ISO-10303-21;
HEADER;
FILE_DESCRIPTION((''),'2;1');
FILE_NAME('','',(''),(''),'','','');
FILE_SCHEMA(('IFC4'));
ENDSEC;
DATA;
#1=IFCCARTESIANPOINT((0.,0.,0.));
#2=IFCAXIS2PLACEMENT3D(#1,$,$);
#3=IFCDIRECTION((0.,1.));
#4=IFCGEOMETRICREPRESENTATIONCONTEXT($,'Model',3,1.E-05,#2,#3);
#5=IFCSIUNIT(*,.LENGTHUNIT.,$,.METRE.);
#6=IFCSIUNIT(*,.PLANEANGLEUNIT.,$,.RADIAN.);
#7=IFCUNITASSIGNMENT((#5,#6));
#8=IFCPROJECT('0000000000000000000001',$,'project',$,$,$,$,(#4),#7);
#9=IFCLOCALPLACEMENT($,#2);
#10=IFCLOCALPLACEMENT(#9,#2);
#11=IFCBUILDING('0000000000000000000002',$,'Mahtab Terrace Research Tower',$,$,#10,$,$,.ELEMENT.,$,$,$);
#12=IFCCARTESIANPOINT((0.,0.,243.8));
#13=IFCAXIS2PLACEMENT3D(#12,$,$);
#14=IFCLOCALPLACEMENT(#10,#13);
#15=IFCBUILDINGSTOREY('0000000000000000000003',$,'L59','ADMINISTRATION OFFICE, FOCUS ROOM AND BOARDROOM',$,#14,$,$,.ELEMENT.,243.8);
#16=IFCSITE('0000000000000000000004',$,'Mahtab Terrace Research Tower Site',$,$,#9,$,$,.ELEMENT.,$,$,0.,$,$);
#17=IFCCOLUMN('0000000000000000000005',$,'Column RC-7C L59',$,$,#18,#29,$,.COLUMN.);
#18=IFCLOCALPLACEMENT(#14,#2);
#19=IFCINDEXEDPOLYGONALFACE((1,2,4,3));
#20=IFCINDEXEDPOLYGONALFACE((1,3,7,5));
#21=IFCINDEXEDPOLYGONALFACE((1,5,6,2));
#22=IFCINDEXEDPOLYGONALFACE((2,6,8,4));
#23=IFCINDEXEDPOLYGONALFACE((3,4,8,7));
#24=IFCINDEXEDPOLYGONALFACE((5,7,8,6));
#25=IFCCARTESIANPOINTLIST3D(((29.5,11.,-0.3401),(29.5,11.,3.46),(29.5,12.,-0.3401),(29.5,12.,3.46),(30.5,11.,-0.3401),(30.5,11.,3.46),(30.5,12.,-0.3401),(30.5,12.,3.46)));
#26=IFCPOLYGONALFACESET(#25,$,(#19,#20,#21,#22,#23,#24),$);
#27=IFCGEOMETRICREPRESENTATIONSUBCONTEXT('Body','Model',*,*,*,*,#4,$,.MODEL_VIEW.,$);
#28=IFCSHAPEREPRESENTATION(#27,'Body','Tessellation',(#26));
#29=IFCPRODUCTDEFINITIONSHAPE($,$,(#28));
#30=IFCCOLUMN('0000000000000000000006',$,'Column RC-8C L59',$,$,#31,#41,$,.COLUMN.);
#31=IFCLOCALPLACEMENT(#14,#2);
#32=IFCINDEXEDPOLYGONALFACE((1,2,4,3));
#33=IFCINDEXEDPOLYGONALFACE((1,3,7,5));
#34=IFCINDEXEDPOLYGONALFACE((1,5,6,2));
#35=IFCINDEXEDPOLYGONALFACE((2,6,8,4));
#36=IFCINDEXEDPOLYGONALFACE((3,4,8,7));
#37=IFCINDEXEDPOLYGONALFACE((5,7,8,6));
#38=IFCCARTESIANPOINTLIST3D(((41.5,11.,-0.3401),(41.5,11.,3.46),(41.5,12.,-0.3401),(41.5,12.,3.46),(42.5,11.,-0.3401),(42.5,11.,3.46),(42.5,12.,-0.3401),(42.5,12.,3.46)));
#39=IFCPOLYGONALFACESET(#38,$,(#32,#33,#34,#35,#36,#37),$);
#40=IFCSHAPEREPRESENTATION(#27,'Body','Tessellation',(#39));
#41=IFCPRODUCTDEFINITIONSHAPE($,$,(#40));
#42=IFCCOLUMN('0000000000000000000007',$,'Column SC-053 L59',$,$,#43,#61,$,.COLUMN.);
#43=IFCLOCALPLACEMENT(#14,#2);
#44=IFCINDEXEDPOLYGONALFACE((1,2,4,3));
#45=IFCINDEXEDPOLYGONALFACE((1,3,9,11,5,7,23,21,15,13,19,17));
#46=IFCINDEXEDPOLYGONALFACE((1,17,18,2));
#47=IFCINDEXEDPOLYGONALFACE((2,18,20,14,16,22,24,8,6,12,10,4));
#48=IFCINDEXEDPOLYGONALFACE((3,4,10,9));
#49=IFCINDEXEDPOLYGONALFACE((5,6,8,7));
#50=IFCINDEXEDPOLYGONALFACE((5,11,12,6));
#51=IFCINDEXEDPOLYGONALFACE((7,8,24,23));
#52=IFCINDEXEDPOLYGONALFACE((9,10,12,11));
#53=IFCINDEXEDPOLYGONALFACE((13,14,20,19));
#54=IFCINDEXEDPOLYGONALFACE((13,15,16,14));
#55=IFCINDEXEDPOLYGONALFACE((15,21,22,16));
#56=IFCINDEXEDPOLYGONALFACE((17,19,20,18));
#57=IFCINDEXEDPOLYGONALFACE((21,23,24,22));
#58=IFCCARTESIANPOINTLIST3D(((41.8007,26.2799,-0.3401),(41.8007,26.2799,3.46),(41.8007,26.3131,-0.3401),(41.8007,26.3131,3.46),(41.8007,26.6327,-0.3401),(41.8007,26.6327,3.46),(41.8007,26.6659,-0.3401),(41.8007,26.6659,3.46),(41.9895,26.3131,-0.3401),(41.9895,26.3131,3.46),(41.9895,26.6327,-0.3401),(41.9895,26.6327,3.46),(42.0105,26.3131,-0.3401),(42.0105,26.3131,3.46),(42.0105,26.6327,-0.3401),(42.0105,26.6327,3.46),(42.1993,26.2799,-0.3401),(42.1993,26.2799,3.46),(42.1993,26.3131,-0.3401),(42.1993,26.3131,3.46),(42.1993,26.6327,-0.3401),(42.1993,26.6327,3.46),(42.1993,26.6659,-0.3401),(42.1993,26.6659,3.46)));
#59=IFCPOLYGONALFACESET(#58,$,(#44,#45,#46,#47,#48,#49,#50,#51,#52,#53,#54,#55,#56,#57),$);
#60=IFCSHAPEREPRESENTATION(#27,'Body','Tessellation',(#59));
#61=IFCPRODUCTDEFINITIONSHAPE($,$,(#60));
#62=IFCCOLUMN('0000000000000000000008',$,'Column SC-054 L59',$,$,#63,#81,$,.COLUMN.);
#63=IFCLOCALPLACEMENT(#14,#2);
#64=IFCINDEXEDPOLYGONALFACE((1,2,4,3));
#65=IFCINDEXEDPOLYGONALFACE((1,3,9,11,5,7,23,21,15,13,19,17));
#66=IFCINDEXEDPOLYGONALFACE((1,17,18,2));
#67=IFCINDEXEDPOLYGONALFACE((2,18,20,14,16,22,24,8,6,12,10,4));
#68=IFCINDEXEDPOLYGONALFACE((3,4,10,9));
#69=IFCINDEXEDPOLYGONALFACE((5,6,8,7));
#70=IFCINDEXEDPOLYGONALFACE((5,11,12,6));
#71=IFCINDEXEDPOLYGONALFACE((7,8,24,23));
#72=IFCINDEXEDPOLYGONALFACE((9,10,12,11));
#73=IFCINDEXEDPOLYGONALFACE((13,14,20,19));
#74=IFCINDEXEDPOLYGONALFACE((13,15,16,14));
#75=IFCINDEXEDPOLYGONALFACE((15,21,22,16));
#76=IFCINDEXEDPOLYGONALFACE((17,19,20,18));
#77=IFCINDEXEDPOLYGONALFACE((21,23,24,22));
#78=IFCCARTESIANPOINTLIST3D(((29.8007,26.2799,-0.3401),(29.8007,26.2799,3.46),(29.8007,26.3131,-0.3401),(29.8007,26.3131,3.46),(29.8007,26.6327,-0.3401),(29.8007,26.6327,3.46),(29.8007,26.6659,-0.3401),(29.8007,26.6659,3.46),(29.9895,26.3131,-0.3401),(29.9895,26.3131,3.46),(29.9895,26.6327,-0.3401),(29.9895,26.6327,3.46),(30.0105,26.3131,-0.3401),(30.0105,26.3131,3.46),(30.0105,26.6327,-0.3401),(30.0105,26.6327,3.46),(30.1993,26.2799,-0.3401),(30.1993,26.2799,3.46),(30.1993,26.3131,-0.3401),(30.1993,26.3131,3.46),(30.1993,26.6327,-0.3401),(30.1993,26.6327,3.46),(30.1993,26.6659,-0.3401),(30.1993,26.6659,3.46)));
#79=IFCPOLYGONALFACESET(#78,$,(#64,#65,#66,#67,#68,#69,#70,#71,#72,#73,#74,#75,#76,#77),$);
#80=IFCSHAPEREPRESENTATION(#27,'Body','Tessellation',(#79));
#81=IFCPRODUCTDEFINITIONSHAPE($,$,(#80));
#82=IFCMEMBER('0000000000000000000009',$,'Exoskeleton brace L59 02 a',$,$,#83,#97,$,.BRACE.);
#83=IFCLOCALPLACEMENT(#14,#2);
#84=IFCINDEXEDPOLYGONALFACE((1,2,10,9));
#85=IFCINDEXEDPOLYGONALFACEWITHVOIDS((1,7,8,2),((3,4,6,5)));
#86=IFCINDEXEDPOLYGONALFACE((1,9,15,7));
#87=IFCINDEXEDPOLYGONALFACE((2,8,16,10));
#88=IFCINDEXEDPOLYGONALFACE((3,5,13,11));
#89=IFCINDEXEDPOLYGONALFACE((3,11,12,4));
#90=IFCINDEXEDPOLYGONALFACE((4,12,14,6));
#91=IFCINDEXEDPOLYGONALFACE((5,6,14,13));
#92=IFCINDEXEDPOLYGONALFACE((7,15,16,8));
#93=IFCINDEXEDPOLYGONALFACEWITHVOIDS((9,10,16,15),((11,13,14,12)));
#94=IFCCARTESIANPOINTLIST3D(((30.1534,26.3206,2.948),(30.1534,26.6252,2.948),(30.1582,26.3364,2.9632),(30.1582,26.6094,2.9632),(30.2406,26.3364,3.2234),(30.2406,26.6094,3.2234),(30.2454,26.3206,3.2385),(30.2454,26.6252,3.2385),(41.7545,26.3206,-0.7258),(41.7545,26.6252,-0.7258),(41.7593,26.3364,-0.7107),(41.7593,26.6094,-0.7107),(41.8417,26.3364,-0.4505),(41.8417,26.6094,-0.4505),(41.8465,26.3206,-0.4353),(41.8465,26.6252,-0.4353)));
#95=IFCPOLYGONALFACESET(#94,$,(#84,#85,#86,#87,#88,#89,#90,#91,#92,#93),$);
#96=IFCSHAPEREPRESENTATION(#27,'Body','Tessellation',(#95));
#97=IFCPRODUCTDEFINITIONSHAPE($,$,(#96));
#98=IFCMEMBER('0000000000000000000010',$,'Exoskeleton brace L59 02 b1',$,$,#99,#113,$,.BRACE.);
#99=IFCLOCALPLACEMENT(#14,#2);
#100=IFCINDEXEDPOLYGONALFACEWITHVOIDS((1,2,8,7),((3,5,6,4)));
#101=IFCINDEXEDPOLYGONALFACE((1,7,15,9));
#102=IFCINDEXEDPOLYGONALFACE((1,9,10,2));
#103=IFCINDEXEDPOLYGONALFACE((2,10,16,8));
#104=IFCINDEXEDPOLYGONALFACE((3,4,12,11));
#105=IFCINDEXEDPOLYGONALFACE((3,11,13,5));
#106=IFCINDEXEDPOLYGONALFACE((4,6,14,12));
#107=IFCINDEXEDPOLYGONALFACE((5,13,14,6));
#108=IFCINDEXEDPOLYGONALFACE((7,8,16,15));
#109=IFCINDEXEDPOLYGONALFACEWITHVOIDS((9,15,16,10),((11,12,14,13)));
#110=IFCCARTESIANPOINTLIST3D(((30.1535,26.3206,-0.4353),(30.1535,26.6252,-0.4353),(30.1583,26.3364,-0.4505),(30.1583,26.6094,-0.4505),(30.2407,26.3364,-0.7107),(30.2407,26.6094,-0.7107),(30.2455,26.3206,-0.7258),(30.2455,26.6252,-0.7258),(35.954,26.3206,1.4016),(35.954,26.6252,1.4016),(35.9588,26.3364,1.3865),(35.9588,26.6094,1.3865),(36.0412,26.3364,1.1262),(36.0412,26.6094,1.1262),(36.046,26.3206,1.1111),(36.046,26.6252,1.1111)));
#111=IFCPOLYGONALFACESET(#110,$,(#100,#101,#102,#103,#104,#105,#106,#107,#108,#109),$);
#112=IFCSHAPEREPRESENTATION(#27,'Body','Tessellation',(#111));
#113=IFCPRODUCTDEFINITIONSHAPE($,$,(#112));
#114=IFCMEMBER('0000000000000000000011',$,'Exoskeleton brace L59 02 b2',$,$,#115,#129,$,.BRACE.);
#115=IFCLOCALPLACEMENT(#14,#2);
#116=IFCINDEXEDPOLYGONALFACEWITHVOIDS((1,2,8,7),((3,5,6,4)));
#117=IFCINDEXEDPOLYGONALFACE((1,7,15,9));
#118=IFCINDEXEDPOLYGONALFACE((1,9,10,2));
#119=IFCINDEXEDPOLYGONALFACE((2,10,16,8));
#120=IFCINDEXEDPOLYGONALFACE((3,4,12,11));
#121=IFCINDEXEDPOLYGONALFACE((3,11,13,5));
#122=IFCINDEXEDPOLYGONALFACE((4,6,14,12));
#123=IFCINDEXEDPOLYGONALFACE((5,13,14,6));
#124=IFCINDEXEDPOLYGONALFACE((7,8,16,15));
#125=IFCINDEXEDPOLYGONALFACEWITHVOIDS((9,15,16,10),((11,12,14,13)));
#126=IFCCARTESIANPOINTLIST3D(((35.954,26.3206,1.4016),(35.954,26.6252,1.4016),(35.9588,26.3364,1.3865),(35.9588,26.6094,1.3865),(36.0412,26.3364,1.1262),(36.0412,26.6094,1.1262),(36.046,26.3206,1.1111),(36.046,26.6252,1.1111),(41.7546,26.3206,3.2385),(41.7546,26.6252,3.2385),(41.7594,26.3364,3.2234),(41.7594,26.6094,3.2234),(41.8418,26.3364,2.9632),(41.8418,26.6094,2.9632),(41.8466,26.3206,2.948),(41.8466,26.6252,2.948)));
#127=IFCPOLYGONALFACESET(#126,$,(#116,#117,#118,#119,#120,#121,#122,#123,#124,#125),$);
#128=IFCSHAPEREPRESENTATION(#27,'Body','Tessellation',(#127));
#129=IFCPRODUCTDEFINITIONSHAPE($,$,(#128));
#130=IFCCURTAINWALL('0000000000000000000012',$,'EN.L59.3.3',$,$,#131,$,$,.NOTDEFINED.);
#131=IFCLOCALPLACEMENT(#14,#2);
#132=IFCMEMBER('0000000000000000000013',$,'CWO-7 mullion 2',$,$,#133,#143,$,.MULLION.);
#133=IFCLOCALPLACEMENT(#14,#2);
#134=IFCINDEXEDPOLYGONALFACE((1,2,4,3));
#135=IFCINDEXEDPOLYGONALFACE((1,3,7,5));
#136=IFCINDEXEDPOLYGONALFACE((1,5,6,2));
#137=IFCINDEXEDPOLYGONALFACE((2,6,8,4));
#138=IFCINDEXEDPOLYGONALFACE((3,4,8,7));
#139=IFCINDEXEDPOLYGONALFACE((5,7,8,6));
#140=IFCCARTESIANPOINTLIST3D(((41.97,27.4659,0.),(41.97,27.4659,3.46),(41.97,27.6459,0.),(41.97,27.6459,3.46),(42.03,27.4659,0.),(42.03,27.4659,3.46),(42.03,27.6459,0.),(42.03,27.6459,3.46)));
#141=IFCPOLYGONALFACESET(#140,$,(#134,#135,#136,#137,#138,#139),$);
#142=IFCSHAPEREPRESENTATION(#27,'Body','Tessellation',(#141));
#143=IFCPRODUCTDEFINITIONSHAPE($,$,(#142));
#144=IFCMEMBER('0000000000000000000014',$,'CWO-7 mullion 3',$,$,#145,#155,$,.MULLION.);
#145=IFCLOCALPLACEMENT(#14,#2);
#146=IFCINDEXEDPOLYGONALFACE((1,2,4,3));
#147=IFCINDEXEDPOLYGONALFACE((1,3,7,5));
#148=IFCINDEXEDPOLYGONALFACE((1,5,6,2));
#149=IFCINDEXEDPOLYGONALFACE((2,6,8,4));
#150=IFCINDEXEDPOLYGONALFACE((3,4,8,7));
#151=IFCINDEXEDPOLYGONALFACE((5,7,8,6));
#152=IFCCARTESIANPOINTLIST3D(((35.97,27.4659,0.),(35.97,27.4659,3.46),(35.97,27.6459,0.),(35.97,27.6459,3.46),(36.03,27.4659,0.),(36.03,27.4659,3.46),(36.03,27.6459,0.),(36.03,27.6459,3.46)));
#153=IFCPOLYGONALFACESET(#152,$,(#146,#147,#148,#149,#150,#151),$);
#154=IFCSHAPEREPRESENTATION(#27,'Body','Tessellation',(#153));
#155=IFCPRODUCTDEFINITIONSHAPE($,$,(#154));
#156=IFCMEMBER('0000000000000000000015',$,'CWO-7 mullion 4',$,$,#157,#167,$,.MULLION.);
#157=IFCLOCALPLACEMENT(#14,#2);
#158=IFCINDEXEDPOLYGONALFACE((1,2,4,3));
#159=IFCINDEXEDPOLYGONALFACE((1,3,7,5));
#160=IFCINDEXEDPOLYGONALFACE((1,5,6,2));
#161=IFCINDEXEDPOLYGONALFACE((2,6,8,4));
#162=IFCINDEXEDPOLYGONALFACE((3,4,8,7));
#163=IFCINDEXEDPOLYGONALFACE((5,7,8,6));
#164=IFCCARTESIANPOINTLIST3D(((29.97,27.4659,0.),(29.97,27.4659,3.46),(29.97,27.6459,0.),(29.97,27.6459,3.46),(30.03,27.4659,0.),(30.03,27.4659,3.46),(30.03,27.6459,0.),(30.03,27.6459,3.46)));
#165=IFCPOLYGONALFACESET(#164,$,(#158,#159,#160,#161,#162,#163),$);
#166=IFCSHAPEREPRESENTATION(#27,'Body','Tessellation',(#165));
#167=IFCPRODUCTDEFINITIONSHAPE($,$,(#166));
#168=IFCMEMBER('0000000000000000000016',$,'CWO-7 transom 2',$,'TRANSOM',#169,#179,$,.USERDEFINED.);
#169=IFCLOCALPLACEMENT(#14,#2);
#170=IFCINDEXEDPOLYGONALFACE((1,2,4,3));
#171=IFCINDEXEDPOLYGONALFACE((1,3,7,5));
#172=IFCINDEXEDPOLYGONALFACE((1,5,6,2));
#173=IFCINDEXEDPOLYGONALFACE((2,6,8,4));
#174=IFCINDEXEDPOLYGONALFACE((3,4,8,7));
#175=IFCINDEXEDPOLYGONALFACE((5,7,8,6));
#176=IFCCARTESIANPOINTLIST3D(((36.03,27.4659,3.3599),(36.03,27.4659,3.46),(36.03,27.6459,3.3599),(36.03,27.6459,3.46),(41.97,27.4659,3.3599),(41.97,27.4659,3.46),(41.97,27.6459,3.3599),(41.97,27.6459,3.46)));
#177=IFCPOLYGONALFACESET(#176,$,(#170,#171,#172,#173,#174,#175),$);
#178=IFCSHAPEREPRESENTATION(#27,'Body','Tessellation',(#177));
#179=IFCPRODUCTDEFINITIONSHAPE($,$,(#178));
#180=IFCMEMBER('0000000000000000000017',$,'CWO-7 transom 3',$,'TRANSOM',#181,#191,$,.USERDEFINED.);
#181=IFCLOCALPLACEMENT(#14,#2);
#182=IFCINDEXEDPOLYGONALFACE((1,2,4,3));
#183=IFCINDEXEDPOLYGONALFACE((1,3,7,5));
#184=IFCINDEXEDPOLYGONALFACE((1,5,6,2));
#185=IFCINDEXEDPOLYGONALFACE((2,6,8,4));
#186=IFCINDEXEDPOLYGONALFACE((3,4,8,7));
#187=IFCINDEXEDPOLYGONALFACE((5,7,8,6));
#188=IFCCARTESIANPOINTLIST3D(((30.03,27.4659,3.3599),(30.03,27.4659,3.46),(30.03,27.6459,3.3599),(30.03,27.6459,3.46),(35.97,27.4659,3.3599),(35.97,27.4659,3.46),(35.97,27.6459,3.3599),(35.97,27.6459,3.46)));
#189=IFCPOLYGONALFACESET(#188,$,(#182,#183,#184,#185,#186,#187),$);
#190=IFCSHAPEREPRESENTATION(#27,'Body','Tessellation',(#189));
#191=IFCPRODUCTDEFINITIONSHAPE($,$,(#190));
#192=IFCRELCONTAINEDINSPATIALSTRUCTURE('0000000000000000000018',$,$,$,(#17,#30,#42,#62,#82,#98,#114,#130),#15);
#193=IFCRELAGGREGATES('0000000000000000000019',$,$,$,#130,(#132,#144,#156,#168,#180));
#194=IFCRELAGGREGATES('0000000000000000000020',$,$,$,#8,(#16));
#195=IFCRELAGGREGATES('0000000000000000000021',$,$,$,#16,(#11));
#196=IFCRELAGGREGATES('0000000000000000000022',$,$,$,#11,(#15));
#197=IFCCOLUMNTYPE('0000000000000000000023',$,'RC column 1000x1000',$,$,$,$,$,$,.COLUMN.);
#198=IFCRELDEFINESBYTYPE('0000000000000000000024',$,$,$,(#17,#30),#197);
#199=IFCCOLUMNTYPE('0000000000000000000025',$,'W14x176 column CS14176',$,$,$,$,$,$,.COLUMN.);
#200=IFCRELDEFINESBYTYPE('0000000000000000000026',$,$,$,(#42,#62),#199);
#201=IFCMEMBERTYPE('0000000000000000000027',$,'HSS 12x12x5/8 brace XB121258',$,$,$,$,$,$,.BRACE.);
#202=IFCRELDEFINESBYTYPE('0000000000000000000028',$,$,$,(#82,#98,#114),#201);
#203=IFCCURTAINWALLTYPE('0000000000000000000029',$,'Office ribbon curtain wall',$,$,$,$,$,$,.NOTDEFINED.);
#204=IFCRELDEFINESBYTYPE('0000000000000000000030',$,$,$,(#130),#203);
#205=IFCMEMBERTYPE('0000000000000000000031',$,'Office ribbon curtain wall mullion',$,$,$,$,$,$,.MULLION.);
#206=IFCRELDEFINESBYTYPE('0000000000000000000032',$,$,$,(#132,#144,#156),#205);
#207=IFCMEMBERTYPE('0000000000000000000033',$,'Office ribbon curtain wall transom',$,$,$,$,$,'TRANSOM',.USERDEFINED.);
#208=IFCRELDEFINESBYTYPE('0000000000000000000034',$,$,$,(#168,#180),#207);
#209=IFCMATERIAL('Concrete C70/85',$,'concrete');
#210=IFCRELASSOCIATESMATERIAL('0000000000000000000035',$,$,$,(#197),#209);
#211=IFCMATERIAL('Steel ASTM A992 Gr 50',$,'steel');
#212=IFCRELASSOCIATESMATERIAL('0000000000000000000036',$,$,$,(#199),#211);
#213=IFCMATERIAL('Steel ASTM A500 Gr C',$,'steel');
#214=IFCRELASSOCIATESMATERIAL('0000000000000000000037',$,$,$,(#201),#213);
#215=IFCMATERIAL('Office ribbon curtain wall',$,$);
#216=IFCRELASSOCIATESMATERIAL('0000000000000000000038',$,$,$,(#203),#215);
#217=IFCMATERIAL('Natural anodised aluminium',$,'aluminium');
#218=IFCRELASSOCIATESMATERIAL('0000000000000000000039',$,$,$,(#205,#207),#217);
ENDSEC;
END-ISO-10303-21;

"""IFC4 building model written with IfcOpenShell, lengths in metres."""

from ifc_helpers import new_model, si_unit, direction, frame, origin, origin_2d, place, context, subcontext, project, spatial, rectangle, hollow_rectangle, i_section, extrude, material, material_profile, profile_set, type_object, element, aggregate, save


model = new_model("IFC4")

# Units and contexts
model_context = context("Model", 3, precision=1e-05, world=origin(), true_north=direction((0.0, 1.0)))
body_context = subcontext(model_context, "Body", "Model", "MODEL_VIEW")
ifc_project = project(units=[si_unit("LENGTHUNIT", "METRE"), si_unit("PLANEANGLEUNIT", "RADIAN")], contexts=[model_context])

# Site, building, storey
site_placement = place(None, origin())
site = spatial("IfcSite", under=ifc_project, at=site_placement, Name="Mahtab Terrace Research Tower Site", CompositionType="ELEMENT", RefElevation=0.0)
building_placement = place(site_placement, origin())
building = spatial("IfcBuilding", under=site, at=building_placement, Name="Mahtab Terrace Research Tower", CompositionType="ELEMENT")
storey_placement = place(building_placement, frame((0.0, 0.0, 243.8)))
storey = spatial("IfcBuildingStorey", under=building, at=storey_placement, Name="L59", Description="ADMINISTRATION OFFICE, FOCUS ROOM AND BOARDROOM", CompositionType="ELEMENT", Elevation=243.8)

# Columns
ifc_material_1 = material(Name="Concrete C70/85", Category="concrete")
ifc_material_profile_1 = material_profile(ifc_material_1, rectangle(XDim=1.0, YDim=1.0, at=origin_2d()), Name="RC column 1000x1000")
ifc_profile_set_1 = profile_set([ifc_material_profile_1], Name="Concrete C70/85")
column_type_1 = type_object("IfcColumnType", Name="RC column 1000x1000", PredefinedType="COLUMN", material=ifc_profile_set_1)
for number, where, z_axis, x_axis, name in (
    (1, (30.0, 11.5, -0.3401), (0.0, 0.0, 1.0), (1.0, 0.0, 0.0), "Column RC-7C L59"),
    (2, (42.0, 11.5, -0.3401), (0.0, 0.0, 1.0), (1.0, 0.0, 0.0), "Column RC-8C L59"),
):
    element("IfcColumn", number, at=place(storey_placement, frame(where, z_axis=z_axis, x_axis=x_axis)), inside=storey, type_object=column_type_1, Name=name, PredefinedType="COLUMN", context=body_context, shape_type="SweptSolid", body=[
        extrude(rectangle(XDim=1.0, YDim=1.0, at=origin_2d()), origin(), (0.0, 0.0, 1.0), 3.8),
    ])
ifc_material_2 = material(Name="Steel ASTM A992 Gr 50", Category="steel")
ifc_material_profile_2 = material_profile(ifc_material_2, i_section(OverallWidth=0.3987, OverallDepth=0.386, WebThickness=0.021, FlangeThickness=0.0332, at=origin_2d()), Name="W14X176")
ifc_profile_set_2 = profile_set([ifc_material_profile_2], Name="Steel ASTM A992 Gr 50")
column_type_2 = type_object("IfcColumnType", Name="W14x176 column CS14176", PredefinedType="COLUMN", material=ifc_profile_set_2)
for number, where, z_axis, x_axis, name in (
    (3, (42.0, 26.4729, -0.3401), (0.0, 0.0, 1.0), (1.0, 0.0, 0.0), "Column SC-053 L59"),
    (4, (30.0, 26.4729, -0.3401), (0.0, 0.0, 1.0), (1.0, 0.0, 0.0), "Column SC-054 L59"),
):
    element("IfcColumn", number, at=place(storey_placement, frame(where, z_axis=z_axis, x_axis=x_axis)), inside=storey, type_object=column_type_2, Name=name, PredefinedType="COLUMN", context=body_context, shape_type="SweptSolid", body=[
        extrude(i_section(OverallWidth=0.3987, OverallDepth=0.386, WebThickness=0.021, FlangeThickness=0.0332, at=origin_2d()), origin(), (0.0, 0.0, 1.0), 3.8),
    ])

# Members
ifc_material_3 = material(Name="Steel ASTM A500 Gr C", Category="steel")
ifc_material_profile_3 = material_profile(ifc_material_3, hollow_rectangle(XDim=0.3047, YDim=0.3047, WallThickness=0.0159, at=origin_2d()), Name="HSS12X12X5/8")
ifc_profile_set_3 = profile_set([ifc_material_profile_3], Name="Steel ASTM A500 Gr C")
member_type_1 = type_object("IfcMemberType", Name="HSS 12x12x5/8 brace XB121258", PredefinedType="BRACE", material=ifc_profile_set_3)
member_1_placement = place(storey_placement, frame((41.8005, 26.4729, -0.5806), z_axis=(-0.953339, 0.0, 0.301903), x_axis=(0.0, -1.0, 0.0)))
element("IfcMember", 5, at=member_1_placement, inside=storey, type_object=member_type_1, Name="Exoskeleton brace L59 02 a", PredefinedType="BRACE", context=body_context, shape_type="SweptSolid", body=[
    extrude(hollow_rectangle(XDim=0.3047, YDim=0.3047, WallThickness=0.0159, at=origin_2d()), origin(), (0.0, 0.0, 1.0), 12.1689),
])
for number, where, z_axis, x_axis, name in (
    (6, (30.1995, 26.4729, -0.5806), (0.953339, 0.0, 0.301903), (0.0, 1.0, 0.0), "Exoskeleton brace L59 02 b1"),
    (7, (36.0, 26.4729, 1.2563), (0.953339, 0.0, 0.301903), (0.0, 1.0, 0.0), "Exoskeleton brace L59 02 b2"),
):
    element("IfcMember", number, at=place(storey_placement, frame(where, z_axis=z_axis, x_axis=x_axis)), inside=storey, type_object=member_type_1, Name=name, PredefinedType="BRACE", context=body_context, shape_type="SweptSolid", body=[
        extrude(hollow_rectangle(XDim=0.3047, YDim=0.3047, WallThickness=0.0159, at=origin_2d()), origin(), (0.0, 0.0, 1.0), 6.0845),
    ])

# Curtain wall, members
ifc_material_4 = material(Name="Office ribbon curtain wall")
curtain_wall_type = type_object("IfcCurtainWallType", Name="Office ribbon curtain wall", PredefinedType="NOTDEFINED", material=ifc_material_4)
curtain_wall_placement = place(storey_placement, origin())
curtain_wall = element("IfcCurtainWall", 8, at=curtain_wall_placement, inside=storey, type_object=curtain_wall_type, Name="EN.L59.3.3", PredefinedType="NOTDEFINED")
ifc_material_5 = material(Name="Natural anodised aluminium", Category="aluminium")
ifc_material_profile_4 = material_profile(ifc_material_5, rectangle(XDim=0.1799, YDim=0.0601, at=origin_2d()), Name="MULLION 60x180")
ifc_profile_set_4 = profile_set([ifc_material_profile_4], Name="Natural anodised aluminium")
member_type_2 = type_object("IfcMemberType", Name="Office ribbon curtain wall mullion", PredefinedType="MULLION", material=ifc_profile_set_4)
member_2_placement = place(storey_placement, frame((42.0, 27.5559, 0.0), z_axis=(0.0, 0.0, 1.0), x_axis=(0.0, -1.0, 0.0)))
member_2 = element("IfcMember", 9, at=member_2_placement, type_object=member_type_2, Name="CWO-7 mullion 2", PredefinedType="MULLION", context=body_context, shape_type="SweptSolid", body=[
    extrude(rectangle(XDim=0.1799, YDim=0.0601, at=origin_2d()), origin(), (0.0, 0.0, 1.0), 3.46),
])
member_3_placement = place(storey_placement, frame((36.0, 27.5559, 0.0), z_axis=(0.0, 0.0, 1.0), x_axis=(0.0, -1.0, 0.0)))
member_3 = element("IfcMember", 10, at=member_3_placement, type_object=member_type_2, Name="CWO-7 mullion 3", PredefinedType="MULLION", context=body_context, shape_type="SweptSolid", body=[
    extrude(rectangle(XDim=0.1799, YDim=0.0601, at=origin_2d()), origin(), (0.0, 0.0, 1.0), 3.46),
])
member_4_placement = place(storey_placement, frame((30.0, 27.5559, 0.0), z_axis=(0.0, 0.0, 1.0), x_axis=(0.0, -1.0, 0.0)))
member_4 = element("IfcMember", 11, at=member_4_placement, type_object=member_type_2, Name="CWO-7 mullion 4", PredefinedType="MULLION", context=body_context, shape_type="SweptSolid", body=[
    extrude(rectangle(XDim=0.1799, YDim=0.0601, at=origin_2d()), origin(), (0.0, 0.0, 1.0), 3.46),
])
ifc_material_profile_5 = material_profile(ifc_material_5, rectangle(XDim=0.1799, YDim=0.1001, at=origin_2d()), Name="TRANSOM 100x180")
ifc_profile_set_5 = profile_set([ifc_material_profile_5], Name="Natural anodised aluminium")
member_type_3 = type_object("IfcMemberType", Name="Office ribbon curtain wall transom", ElementType="TRANSOM", PredefinedType="USERDEFINED", material=ifc_profile_set_5)
member_5_placement = place(storey_placement, frame((41.97, 27.5559, 3.4099), z_axis=(-1.0, 0.0, 0.0), x_axis=(0.0, -1.0, 0.0)))
member_5 = element("IfcMember", 12, at=member_5_placement, type_object=member_type_3, Name="CWO-7 transom 2", ObjectType="TRANSOM", PredefinedType="USERDEFINED", context=body_context, shape_type="SweptSolid", body=[
    extrude(rectangle(XDim=0.1799, YDim=0.1001, at=origin_2d()), origin(), (0.0, 0.0, 1.0), 5.9399),
])
member_6_placement = place(storey_placement, frame((35.97, 27.5559, 3.4099), z_axis=(-1.0, 0.0, 0.0), x_axis=(0.0, -1.0, 0.0)))
member_6 = element("IfcMember", 13, at=member_6_placement, type_object=member_type_3, Name="CWO-7 transom 3", ObjectType="TRANSOM", PredefinedType="USERDEFINED", context=body_context, shape_type="SweptSolid", body=[
    extrude(rectangle(XDim=0.1799, YDim=0.1001, at=origin_2d()), origin(), (0.0, 0.0, 1.0), 5.9399),
])

aggregate(curtain_wall, [member_2, member_3, member_4, member_5, member_6])

save(model, "model.ifc")
